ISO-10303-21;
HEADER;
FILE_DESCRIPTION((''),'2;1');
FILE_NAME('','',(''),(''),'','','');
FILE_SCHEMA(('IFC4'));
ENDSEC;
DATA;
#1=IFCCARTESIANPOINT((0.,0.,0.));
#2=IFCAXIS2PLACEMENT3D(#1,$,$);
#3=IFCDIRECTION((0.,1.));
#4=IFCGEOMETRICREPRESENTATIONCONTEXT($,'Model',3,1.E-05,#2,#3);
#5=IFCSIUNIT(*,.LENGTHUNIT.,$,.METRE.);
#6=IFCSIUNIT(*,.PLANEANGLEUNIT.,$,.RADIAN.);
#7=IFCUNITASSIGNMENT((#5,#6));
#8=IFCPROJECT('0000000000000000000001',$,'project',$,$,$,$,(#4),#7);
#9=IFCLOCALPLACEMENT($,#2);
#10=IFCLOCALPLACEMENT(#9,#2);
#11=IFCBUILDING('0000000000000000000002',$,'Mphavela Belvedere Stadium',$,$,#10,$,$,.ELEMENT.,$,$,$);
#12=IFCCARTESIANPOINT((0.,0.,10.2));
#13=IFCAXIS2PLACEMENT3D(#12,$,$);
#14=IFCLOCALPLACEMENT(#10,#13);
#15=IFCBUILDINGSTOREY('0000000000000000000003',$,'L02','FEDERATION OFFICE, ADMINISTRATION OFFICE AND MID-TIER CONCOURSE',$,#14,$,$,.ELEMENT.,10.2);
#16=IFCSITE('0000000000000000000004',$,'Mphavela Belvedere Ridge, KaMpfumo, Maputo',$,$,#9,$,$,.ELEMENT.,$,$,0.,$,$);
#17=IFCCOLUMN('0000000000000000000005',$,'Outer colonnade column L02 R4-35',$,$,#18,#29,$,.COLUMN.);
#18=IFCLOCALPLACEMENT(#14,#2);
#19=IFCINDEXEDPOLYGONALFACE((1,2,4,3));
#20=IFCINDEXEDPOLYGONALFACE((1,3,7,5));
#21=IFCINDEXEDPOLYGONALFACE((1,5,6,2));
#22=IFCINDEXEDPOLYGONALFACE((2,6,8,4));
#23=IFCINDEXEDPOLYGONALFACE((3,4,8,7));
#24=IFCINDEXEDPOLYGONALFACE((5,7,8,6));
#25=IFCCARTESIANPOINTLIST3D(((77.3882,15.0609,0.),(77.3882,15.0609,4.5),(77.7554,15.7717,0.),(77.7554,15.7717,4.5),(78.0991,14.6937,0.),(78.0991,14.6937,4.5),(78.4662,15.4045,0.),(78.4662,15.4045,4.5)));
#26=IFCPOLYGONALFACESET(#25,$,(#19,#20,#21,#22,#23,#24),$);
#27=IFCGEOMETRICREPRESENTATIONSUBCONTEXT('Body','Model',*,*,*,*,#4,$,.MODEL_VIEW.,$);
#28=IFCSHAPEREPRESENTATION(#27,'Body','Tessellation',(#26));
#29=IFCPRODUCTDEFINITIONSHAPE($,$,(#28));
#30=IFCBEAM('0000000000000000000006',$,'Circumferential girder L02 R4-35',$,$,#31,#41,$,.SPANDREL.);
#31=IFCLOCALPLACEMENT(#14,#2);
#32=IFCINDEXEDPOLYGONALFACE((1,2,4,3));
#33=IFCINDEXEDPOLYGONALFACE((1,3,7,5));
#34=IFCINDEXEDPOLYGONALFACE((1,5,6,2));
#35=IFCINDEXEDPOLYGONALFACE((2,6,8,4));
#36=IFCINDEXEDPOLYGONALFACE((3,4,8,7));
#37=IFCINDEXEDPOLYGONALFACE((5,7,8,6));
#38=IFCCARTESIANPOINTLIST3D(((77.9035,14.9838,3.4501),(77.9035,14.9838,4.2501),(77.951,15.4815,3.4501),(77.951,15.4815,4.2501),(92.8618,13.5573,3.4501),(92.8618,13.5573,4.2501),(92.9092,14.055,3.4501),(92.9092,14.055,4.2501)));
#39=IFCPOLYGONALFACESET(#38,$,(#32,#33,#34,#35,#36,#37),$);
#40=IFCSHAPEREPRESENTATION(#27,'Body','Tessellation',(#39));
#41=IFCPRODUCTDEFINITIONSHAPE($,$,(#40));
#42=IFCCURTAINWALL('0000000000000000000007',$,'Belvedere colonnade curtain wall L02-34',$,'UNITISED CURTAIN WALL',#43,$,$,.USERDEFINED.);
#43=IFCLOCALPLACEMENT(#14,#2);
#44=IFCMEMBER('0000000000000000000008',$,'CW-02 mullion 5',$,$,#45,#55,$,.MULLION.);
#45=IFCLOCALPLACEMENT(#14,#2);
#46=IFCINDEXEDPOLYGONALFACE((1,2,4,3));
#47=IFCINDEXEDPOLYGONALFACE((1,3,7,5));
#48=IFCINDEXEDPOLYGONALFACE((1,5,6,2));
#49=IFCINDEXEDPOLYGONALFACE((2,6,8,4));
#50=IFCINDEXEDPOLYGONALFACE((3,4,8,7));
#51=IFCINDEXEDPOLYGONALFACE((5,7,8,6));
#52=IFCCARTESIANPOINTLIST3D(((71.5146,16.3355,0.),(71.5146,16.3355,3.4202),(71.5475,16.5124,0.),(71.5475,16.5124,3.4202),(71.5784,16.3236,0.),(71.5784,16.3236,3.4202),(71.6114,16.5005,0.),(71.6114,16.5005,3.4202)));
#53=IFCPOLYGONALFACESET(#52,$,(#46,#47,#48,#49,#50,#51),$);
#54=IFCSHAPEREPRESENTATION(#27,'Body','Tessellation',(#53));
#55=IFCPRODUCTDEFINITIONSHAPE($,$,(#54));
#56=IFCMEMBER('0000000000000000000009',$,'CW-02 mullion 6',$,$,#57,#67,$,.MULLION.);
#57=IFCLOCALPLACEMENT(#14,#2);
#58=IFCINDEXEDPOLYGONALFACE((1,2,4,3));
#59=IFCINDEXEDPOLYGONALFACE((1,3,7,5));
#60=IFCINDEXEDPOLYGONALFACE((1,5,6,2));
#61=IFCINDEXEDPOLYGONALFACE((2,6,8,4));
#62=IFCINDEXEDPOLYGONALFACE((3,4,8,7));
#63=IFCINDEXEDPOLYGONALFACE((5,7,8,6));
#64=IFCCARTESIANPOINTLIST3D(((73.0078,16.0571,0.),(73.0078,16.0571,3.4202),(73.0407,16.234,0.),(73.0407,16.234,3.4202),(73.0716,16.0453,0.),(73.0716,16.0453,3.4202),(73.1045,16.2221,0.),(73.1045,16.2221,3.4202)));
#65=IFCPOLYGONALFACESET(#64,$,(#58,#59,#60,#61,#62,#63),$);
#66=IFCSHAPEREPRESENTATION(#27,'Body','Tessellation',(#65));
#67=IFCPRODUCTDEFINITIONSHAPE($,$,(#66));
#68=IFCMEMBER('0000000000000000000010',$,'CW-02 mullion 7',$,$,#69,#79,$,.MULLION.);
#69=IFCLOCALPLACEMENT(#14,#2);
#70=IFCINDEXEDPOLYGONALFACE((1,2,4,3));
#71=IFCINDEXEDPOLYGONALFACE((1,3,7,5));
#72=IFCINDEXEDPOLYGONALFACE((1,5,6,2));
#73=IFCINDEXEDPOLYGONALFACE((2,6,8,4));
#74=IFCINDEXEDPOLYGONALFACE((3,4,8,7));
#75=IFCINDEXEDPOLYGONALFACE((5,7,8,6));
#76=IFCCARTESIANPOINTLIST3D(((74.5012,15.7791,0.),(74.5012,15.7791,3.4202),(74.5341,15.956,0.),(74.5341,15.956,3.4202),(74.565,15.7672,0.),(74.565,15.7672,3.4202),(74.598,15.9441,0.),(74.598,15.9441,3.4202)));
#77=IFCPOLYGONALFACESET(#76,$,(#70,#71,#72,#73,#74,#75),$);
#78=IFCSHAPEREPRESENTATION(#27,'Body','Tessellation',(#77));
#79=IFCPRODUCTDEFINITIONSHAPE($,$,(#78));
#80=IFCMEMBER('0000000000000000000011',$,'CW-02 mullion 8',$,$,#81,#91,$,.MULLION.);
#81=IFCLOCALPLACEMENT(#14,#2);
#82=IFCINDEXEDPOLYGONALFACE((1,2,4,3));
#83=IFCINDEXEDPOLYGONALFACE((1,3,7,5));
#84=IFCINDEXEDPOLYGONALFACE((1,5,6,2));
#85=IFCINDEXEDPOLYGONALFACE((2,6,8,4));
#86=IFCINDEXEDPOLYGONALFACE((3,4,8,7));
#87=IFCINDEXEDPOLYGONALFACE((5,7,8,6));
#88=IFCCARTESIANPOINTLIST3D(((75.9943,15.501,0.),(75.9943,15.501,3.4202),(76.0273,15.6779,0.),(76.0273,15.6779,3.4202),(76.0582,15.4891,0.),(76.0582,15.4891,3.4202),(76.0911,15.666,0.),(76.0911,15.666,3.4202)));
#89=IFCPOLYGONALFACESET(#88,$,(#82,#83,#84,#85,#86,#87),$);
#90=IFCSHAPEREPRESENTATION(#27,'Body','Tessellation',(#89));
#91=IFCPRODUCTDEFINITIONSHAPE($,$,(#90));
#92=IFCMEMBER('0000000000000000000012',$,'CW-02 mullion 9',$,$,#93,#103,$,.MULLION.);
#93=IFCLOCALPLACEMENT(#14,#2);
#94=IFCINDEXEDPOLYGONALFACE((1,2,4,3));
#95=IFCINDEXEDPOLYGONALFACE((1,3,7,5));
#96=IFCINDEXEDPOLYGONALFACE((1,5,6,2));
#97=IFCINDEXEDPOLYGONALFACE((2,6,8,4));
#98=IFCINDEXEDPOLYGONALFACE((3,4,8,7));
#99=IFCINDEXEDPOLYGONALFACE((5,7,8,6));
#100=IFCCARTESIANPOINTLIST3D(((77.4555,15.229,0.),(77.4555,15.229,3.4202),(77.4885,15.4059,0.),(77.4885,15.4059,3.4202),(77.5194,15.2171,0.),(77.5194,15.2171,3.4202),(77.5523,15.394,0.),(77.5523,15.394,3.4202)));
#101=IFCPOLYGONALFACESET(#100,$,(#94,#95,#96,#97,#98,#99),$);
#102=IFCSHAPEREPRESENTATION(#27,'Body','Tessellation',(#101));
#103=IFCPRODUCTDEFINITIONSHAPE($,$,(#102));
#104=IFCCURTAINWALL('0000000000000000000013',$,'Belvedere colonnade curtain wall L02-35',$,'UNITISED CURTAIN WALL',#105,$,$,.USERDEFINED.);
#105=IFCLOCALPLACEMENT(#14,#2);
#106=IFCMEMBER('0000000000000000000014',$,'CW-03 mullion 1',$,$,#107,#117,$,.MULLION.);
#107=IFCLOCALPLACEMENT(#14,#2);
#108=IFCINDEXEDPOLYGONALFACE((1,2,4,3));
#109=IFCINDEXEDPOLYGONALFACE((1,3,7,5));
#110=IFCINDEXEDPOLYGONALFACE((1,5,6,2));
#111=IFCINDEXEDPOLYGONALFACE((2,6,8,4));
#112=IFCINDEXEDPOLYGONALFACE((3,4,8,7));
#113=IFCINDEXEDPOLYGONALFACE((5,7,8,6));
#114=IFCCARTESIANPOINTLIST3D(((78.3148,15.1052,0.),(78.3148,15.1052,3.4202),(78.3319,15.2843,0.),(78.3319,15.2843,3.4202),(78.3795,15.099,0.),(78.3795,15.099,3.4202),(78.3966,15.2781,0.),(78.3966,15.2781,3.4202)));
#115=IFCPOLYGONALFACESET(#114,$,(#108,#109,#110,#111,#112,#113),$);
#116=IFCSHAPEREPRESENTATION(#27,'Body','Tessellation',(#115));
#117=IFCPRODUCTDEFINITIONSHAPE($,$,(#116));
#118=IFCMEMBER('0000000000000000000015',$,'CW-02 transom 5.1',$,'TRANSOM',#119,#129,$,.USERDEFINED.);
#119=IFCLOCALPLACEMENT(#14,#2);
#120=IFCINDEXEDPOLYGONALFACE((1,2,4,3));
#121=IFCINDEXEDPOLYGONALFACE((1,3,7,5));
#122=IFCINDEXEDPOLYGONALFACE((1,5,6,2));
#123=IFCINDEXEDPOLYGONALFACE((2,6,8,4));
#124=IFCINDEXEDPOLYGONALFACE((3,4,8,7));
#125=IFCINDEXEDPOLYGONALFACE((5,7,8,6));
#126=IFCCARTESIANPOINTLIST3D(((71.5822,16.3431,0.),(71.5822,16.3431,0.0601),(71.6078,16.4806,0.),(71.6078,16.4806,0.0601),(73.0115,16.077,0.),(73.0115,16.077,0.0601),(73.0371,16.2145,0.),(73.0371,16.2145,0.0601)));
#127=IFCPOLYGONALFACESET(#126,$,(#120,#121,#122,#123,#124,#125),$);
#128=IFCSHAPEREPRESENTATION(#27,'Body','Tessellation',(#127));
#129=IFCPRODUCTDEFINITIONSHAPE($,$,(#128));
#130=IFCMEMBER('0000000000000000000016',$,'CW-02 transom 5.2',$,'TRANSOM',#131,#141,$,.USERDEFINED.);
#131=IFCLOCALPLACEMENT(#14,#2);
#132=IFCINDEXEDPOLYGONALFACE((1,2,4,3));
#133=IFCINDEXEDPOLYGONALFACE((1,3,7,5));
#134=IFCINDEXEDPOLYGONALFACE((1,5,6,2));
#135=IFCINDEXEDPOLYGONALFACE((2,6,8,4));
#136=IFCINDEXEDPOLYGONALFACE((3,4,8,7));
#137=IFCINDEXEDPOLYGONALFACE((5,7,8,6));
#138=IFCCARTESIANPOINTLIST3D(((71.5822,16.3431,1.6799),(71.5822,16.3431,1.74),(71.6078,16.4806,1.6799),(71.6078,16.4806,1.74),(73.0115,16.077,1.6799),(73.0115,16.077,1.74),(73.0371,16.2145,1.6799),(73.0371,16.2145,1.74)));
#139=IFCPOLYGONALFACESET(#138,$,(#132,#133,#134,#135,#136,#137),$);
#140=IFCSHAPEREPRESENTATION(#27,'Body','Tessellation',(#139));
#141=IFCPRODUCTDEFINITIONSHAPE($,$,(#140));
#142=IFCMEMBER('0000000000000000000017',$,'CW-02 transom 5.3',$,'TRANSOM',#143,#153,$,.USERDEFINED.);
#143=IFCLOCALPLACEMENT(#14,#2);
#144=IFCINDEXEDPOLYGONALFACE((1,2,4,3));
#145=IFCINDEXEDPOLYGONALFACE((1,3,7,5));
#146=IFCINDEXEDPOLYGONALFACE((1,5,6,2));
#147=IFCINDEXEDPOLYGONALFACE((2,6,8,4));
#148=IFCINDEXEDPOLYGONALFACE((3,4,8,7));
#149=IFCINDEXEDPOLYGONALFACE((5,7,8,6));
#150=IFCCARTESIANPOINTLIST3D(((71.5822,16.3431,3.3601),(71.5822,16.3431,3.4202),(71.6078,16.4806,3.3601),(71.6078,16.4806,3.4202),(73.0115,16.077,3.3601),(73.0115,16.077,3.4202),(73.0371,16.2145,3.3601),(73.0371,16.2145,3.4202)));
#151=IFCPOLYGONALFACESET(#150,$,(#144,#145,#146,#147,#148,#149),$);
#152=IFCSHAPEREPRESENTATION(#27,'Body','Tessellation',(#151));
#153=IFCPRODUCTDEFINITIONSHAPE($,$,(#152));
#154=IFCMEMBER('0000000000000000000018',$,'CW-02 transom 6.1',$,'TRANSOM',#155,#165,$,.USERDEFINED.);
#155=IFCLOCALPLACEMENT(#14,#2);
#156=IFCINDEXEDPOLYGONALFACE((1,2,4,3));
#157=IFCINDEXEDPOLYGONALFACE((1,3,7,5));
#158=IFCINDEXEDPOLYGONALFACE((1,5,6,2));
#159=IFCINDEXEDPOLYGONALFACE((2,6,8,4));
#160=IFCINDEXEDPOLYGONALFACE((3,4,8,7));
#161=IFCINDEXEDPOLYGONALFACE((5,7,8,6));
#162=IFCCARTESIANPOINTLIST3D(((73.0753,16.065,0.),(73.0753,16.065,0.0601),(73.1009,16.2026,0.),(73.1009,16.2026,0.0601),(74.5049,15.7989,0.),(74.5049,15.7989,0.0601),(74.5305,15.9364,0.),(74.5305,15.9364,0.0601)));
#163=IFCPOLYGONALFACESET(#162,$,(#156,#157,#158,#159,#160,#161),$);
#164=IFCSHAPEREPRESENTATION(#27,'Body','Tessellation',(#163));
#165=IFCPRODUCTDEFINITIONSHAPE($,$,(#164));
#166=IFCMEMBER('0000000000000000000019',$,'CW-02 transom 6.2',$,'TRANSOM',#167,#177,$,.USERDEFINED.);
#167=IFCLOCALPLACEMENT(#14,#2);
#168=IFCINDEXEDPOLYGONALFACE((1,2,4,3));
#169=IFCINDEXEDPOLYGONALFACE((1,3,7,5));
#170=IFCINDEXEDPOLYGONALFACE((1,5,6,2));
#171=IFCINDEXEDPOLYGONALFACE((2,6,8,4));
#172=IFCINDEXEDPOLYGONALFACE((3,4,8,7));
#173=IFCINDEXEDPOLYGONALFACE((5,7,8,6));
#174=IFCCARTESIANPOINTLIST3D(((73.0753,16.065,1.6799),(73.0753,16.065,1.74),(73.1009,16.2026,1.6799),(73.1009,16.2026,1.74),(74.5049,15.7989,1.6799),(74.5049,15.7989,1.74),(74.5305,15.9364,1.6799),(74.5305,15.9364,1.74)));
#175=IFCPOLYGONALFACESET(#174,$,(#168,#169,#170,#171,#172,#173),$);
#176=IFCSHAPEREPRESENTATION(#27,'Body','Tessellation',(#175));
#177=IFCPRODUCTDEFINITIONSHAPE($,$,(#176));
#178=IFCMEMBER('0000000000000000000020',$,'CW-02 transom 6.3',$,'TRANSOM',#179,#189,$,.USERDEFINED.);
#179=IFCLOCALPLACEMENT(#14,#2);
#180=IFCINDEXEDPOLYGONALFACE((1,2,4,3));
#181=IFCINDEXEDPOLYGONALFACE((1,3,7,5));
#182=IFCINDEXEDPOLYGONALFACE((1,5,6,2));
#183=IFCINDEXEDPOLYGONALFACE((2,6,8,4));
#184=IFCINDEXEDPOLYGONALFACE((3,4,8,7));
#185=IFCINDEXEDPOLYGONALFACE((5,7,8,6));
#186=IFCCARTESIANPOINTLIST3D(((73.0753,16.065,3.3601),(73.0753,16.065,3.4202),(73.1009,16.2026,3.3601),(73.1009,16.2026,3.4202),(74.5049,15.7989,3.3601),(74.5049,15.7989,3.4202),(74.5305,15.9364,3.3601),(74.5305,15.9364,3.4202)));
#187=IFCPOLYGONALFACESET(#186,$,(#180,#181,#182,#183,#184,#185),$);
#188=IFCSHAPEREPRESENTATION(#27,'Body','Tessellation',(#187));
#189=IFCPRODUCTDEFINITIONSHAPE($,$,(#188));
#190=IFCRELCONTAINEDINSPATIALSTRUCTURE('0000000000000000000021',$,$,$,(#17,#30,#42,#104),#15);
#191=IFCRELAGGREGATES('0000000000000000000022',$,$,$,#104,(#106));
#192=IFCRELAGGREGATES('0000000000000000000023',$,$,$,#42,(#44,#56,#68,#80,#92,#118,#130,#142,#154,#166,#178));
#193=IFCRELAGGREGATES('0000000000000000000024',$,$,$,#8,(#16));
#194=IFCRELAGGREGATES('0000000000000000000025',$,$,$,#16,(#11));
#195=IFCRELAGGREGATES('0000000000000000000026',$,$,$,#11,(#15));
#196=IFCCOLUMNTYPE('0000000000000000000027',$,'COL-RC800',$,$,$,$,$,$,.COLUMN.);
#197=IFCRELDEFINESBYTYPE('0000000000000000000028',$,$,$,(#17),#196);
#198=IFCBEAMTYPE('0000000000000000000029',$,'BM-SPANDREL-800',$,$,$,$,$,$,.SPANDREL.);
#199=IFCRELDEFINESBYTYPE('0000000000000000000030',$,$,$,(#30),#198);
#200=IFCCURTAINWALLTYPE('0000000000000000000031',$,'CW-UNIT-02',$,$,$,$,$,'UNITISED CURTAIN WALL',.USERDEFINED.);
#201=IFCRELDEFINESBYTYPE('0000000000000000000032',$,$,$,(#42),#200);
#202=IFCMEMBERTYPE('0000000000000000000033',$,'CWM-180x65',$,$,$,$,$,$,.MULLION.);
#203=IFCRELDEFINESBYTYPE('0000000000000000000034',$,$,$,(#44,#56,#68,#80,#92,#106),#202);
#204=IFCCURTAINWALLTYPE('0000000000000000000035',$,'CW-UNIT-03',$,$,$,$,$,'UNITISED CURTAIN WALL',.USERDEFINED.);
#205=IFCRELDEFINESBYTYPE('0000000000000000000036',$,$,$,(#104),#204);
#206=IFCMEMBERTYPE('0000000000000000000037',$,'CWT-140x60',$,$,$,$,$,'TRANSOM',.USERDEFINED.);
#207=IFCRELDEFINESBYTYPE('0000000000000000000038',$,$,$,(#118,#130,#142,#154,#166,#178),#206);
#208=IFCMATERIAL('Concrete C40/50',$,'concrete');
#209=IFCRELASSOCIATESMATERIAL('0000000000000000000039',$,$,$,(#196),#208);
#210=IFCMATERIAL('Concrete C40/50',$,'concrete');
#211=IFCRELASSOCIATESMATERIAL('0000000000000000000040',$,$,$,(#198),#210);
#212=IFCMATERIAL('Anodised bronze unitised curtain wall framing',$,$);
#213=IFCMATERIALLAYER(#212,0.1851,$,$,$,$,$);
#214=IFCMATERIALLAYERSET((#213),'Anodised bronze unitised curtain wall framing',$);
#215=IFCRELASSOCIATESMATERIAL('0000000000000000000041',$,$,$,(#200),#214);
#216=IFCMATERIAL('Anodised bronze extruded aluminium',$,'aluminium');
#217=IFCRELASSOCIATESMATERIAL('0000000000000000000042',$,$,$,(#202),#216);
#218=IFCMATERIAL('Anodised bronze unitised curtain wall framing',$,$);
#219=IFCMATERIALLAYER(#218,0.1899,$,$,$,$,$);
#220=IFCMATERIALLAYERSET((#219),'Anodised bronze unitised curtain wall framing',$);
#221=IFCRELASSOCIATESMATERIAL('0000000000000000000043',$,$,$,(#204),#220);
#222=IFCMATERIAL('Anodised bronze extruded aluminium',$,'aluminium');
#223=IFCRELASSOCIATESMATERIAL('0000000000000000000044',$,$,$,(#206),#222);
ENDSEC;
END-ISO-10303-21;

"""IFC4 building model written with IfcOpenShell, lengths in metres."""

from ifc_helpers import new_model, si_unit, direction, frame, origin, origin_2d, place, context, subcontext, project, spatial, rectangle, extrude, material, layer, layer_set, material_profile, profile_set, type_object, element, aggregate, save


model = new_model("IFC4")

# Units and contexts
model_context = context("Model", 3, precision=1e-05, world=origin(), true_north=direction((0.0, 1.0)))
body_context = subcontext(model_context, "Body", "Model", "MODEL_VIEW")
ifc_project = project(units=[si_unit("LENGTHUNIT", "METRE"), si_unit("PLANEANGLEUNIT", "RADIAN")], contexts=[model_context])

# Site, building, storey
site_placement = place(None, origin())
site = spatial("IfcSite", under=ifc_project, at=site_placement, Name="Mphavela Belvedere Ridge, KaMpfumo, Maputo", CompositionType="ELEMENT", RefElevation=0.0)
building_placement = place(site_placement, origin())
building = spatial("IfcBuilding", under=site, at=building_placement, Name="Mphavela Belvedere Stadium", CompositionType="ELEMENT")
storey_placement = place(building_placement, frame((0.0, 0.0, 10.2)))
storey = spatial("IfcBuildingStorey", under=building, at=storey_placement, Name="L02", Description="FEDERATION OFFICE, ADMINISTRATION OFFICE AND MID-TIER CONCOURSE", CompositionType="ELEMENT", Elevation=10.2)

# Column
ifc_material_1 = material(Name="Concrete C40/50", Category="concrete")
ifc_material_profile_1 = material_profile(ifc_material_1, rectangle(XDim=0.8, YDim=0.8, at=origin_2d()), Name="RC 800x800")
ifc_profile_set_1 = profile_set([ifc_material_profile_1], Name="Concrete C40/50")
column_type = type_object("IfcColumnType", Name="COL-RC800", PredefinedType="COLUMN", material=ifc_profile_set_1)
column_placement = place(storey_placement, frame((77.9272, 15.2327, 0.0), z_axis=(0.0, 0.0, 1.0), x_axis=(-0.45896, -0.888457, 0.0)))
element("IfcColumn", 1, at=column_placement, inside=storey, type_object=column_type, Name="Outer colonnade column L02 R4-35", PredefinedType="COLUMN", context=body_context, shape_type="SweptSolid", body=[
    extrude(rectangle(XDim=0.8, YDim=0.8, at=origin_2d()), origin(), (0.0, 0.0, 1.0), 4.5),
])

# Beam
ifc_material_2 = material(Name="Concrete C40/50", Category="concrete")
ifc_material_profile_2 = material_profile(ifc_material_2, rectangle(XDim=0.5, YDim=0.8, at=origin_2d()), Name="RC 500x800")
ifc_profile_set_2 = profile_set([ifc_material_profile_2], Name="Concrete C40/50")
beam_type = type_object("IfcBeamType", Name="BM-SPANDREL-800", PredefinedType="SPANDREL", material=ifc_profile_set_2)
beam_placement = place(storey_placement, frame((77.9272, 15.2327, 3.8501), z_axis=(0.995483, -0.094936, 0.0), x_axis=(0.094936, 0.995483, 0.0)))
element("IfcBeam", 2, at=beam_placement, inside=storey, type_object=beam_type, Name="Circumferential girder L02 R4-35", PredefinedType="SPANDREL", context=body_context, shape_type="SweptSolid", body=[
    extrude(rectangle(XDim=0.5, YDim=0.8, at=origin_2d()), origin(), (0.0, 0.0, 1.0), 15.0261),
])

# Curtain wall, members
ifc_material_3 = material(Name="Anodised bronze unitised curtain wall framing")
ifc_layer_1 = layer(ifc_material_3, 0.1851)
ifc_layer_set_1 = layer_set([ifc_layer_1], Name="Anodised bronze unitised curtain wall framing")
curtain_wall_type_1 = type_object("IfcCurtainWallType", Name="CW-UNIT-02", ElementType="UNITISED CURTAIN WALL", PredefinedType="USERDEFINED", material=ifc_layer_set_1)
curtain_wall_1_placement = place(storey_placement, origin())
curtain_wall_1 = element("IfcCurtainWall", 3, at=curtain_wall_1_placement, inside=storey, type_object=curtain_wall_type_1, Name="Belvedere colonnade curtain wall L02-34", ObjectType="UNITISED CURTAIN WALL", PredefinedType="USERDEFINED")
ifc_material_4 = material(Name="Anodised bronze extruded aluminium", Category="aluminium")
ifc_material_profile_3 = material_profile(ifc_material_4, rectangle(XDim=0.1799, YDim=0.0649, at=origin_2d()), Name="CW-MUL 180x65")
ifc_profile_set_3 = profile_set([ifc_material_profile_3], Name="Anodised bronze extruded aluminium")
member_type_1 = type_object("IfcMemberType", Name="CWM-180x65", PredefinedType="MULLION", material=ifc_profile_set_3)
member_1_placement = place(storey_placement, frame((71.563, 16.418, 0.0), z_axis=(0.0, 0.0, 1.0), x_axis=(0.183085, 0.983097, 0.0)))
member_1 = element("IfcMember", 4, at=member_1_placement, type_object=member_type_1, Name="CW-02 mullion 5", PredefinedType="MULLION", context=body_context, shape_type="SweptSolid", body=[
    extrude(rectangle(XDim=0.1799, YDim=0.0649, at=origin_2d()), origin(), (0.0, 0.0, 1.0), 3.4202),
])
member_2_placement = place(storey_placement, frame((73.0562, 16.1396, 0.0), z_axis=(0.0, 0.0, 1.0), x_axis=(0.183085, 0.983097, 0.0)))
member_2 = element("IfcMember", 5, at=member_2_placement, type_object=member_type_1, Name="CW-02 mullion 6", PredefinedType="MULLION", context=body_context, shape_type="SweptSolid", body=[
    extrude(rectangle(XDim=0.1799, YDim=0.0649, at=origin_2d()), origin(), (0.0, 0.0, 1.0), 3.4202),
])
member_3_placement = place(storey_placement, frame((74.5496, 15.8616, 0.0), z_axis=(0.0, 0.0, 1.0), x_axis=(0.183085, 0.983097, 0.0)))
member_3 = element("IfcMember", 6, at=member_3_placement, type_object=member_type_1, Name="CW-02 mullion 7", PredefinedType="MULLION", context=body_context, shape_type="SweptSolid", body=[
    extrude(rectangle(XDim=0.1799, YDim=0.0649, at=origin_2d()), origin(), (0.0, 0.0, 1.0), 3.4202),
])
member_4_placement = place(storey_placement, frame((76.0427, 15.5835, 0.0), z_axis=(0.0, 0.0, 1.0), x_axis=(0.183085, 0.983097, 0.0)))
member_4 = element("IfcMember", 7, at=member_4_placement, type_object=member_type_1, Name="CW-02 mullion 8", PredefinedType="MULLION", context=body_context, shape_type="SweptSolid", body=[
    extrude(rectangle(XDim=0.1799, YDim=0.0649, at=origin_2d()), origin(), (0.0, 0.0, 1.0), 3.4202),
])
member_5_placement = place(storey_placement, frame((77.5039, 15.3115, 0.0), z_axis=(0.0, 0.0, 1.0), x_axis=(0.183085, 0.983097, 0.0)))
member_5 = element("IfcMember", 8, at=member_5_placement, type_object=member_type_1, Name="CW-02 mullion 9", PredefinedType="MULLION", context=body_context, shape_type="SweptSolid", body=[
    extrude(rectangle(XDim=0.1799, YDim=0.0649, at=origin_2d()), origin(), (0.0, 0.0, 1.0), 3.4202),
])

# Curtain wall, member
ifc_material_5 = material(Name="Anodised bronze unitised curtain wall framing")
ifc_layer_2 = layer(ifc_material_5, 0.1899)
ifc_layer_set_2 = layer_set([ifc_layer_2], Name="Anodised bronze unitised curtain wall framing")
curtain_wall_type_2 = type_object("IfcCurtainWallType", Name="CW-UNIT-03", ElementType="UNITISED CURTAIN WALL", PredefinedType="USERDEFINED", material=ifc_layer_set_2)
curtain_wall_2_placement = place(storey_placement, origin())
curtain_wall_2 = element("IfcCurtainWall", 9, at=curtain_wall_2_placement, inside=storey, type_object=curtain_wall_type_2, Name="Belvedere colonnade curtain wall L02-35", ObjectType="UNITISED CURTAIN WALL", PredefinedType="USERDEFINED")
member_6_placement = place(storey_placement, frame((78.3557, 15.1917, 0.0), z_axis=(0.0, 0.0, 1.0), x_axis=(0.094926, 0.995484, 0.0)))
member_6 = element("IfcMember", 10, at=member_6_placement, type_object=member_type_1, Name="CW-03 mullion 1", PredefinedType="MULLION", context=body_context, shape_type="SweptSolid", body=[
    extrude(rectangle(XDim=0.1799, YDim=0.0649, at=origin_2d()), origin(), (0.0, 0.0, 1.0), 3.4202),
])

# Members
ifc_material_6 = material(Name="Anodised bronze extruded aluminium", Category="aluminium")
ifc_material_profile_4 = material_profile(ifc_material_6, rectangle(XDim=0.1399, YDim=0.0601, at=origin_2d()), Name="CW-TRN 140x60")
ifc_profile_set_4 = profile_set([ifc_material_profile_4], Name="Anodised bronze extruded aluminium")
member_type_2 = type_object("IfcMemberType", Name="CWT-140x60", ElementType="TRANSOM", PredefinedType="USERDEFINED", material=ifc_profile_set_4)
member_7_placement = place(storey_placement, frame((71.595, 16.4119, 0.03), z_axis=(0.983103, -0.183051, 0.0), x_axis=(0.183051, 0.983103, 0.0)))
member_7 = element("IfcMember", 11, at=member_7_placement, type_object=member_type_2, Name="CW-02 transom 5.1", ObjectType="TRANSOM", PredefinedType="USERDEFINED", context=body_context, shape_type="SweptSolid", body=[
    extrude(rectangle(XDim=0.1399, YDim=0.0601, at=origin_2d()), origin(), (0.0, 0.0, 1.0), 1.4539),
])
member_8_placement = place(storey_placement, frame((71.595, 16.4119, 1.71), z_axis=(0.983103, -0.183051, 0.0), x_axis=(0.183051, 0.983103, 0.0)))
member_8 = element("IfcMember", 12, at=member_8_placement, type_object=member_type_2, Name="CW-02 transom 5.2", ObjectType="TRANSOM", PredefinedType="USERDEFINED", context=body_context, shape_type="SweptSolid", body=[
    extrude(rectangle(XDim=0.1399, YDim=0.0601, at=origin_2d()), origin(), (0.0, 0.0, 1.0), 1.4539),
])
member_9_placement = place(storey_placement, frame((71.595, 16.4119, 3.3901), z_axis=(0.983103, -0.183051, 0.0), x_axis=(0.183051, 0.983103, 0.0)))
member_9 = element("IfcMember", 13, at=member_9_placement, type_object=member_type_2, Name="CW-02 transom 5.3", ObjectType="TRANSOM", PredefinedType="USERDEFINED", context=body_context, shape_type="SweptSolid", body=[
    extrude(rectangle(XDim=0.1399, YDim=0.0601, at=origin_2d()), origin(), (0.0, 0.0, 1.0), 1.4539),
])
member_10_placement = place(storey_placement, frame((73.0881, 16.1338, 0.03), z_axis=(0.983109, -0.183021, 0.0), x_axis=(0.183021, 0.983109, 0.0)))
member_10 = element("IfcMember", 14, at=member_10_placement, type_object=member_type_2, Name="CW-02 transom 6.1", ObjectType="TRANSOM", PredefinedType="USERDEFINED", context=body_context, shape_type="SweptSolid", body=[
    extrude(rectangle(XDim=0.1399, YDim=0.0601, at=origin_2d()), origin(), (0.0, 0.0, 1.0), 1.4541),
])
member_11_placement = place(storey_placement, frame((73.0881, 16.1338, 1.71), z_axis=(0.983109, -0.183021, 0.0), x_axis=(0.183021, 0.983109, 0.0)))
member_11 = element("IfcMember", 15, at=member_11_placement, type_object=member_type_2, Name="CW-02 transom 6.2", ObjectType="TRANSOM", PredefinedType="USERDEFINED", context=body_context, shape_type="SweptSolid", body=[
    extrude(rectangle(XDim=0.1399, YDim=0.0601, at=origin_2d()), origin(), (0.0, 0.0, 1.0), 1.4541),
])
member_12_placement = place(storey_placement, frame((73.0881, 16.1338, 3.3901), z_axis=(0.983109, -0.183021, 0.0), x_axis=(0.183021, 0.983109, 0.0)))
member_12 = element("IfcMember", 16, at=member_12_placement, type_object=member_type_2, Name="CW-02 transom 6.3", ObjectType="TRANSOM", PredefinedType="USERDEFINED", context=body_context, shape_type="SweptSolid", body=[
    extrude(rectangle(XDim=0.1399, YDim=0.0601, at=origin_2d()), origin(), (0.0, 0.0, 1.0), 1.4541),
])
aggregate(curtain_wall_2, [member_6])

aggregate(curtain_wall_1, [member_1, member_2, member_3, member_4, member_5, member_7, member_8, member_9, member_10, member_11, member_12])

save(model, "model.ifc")
